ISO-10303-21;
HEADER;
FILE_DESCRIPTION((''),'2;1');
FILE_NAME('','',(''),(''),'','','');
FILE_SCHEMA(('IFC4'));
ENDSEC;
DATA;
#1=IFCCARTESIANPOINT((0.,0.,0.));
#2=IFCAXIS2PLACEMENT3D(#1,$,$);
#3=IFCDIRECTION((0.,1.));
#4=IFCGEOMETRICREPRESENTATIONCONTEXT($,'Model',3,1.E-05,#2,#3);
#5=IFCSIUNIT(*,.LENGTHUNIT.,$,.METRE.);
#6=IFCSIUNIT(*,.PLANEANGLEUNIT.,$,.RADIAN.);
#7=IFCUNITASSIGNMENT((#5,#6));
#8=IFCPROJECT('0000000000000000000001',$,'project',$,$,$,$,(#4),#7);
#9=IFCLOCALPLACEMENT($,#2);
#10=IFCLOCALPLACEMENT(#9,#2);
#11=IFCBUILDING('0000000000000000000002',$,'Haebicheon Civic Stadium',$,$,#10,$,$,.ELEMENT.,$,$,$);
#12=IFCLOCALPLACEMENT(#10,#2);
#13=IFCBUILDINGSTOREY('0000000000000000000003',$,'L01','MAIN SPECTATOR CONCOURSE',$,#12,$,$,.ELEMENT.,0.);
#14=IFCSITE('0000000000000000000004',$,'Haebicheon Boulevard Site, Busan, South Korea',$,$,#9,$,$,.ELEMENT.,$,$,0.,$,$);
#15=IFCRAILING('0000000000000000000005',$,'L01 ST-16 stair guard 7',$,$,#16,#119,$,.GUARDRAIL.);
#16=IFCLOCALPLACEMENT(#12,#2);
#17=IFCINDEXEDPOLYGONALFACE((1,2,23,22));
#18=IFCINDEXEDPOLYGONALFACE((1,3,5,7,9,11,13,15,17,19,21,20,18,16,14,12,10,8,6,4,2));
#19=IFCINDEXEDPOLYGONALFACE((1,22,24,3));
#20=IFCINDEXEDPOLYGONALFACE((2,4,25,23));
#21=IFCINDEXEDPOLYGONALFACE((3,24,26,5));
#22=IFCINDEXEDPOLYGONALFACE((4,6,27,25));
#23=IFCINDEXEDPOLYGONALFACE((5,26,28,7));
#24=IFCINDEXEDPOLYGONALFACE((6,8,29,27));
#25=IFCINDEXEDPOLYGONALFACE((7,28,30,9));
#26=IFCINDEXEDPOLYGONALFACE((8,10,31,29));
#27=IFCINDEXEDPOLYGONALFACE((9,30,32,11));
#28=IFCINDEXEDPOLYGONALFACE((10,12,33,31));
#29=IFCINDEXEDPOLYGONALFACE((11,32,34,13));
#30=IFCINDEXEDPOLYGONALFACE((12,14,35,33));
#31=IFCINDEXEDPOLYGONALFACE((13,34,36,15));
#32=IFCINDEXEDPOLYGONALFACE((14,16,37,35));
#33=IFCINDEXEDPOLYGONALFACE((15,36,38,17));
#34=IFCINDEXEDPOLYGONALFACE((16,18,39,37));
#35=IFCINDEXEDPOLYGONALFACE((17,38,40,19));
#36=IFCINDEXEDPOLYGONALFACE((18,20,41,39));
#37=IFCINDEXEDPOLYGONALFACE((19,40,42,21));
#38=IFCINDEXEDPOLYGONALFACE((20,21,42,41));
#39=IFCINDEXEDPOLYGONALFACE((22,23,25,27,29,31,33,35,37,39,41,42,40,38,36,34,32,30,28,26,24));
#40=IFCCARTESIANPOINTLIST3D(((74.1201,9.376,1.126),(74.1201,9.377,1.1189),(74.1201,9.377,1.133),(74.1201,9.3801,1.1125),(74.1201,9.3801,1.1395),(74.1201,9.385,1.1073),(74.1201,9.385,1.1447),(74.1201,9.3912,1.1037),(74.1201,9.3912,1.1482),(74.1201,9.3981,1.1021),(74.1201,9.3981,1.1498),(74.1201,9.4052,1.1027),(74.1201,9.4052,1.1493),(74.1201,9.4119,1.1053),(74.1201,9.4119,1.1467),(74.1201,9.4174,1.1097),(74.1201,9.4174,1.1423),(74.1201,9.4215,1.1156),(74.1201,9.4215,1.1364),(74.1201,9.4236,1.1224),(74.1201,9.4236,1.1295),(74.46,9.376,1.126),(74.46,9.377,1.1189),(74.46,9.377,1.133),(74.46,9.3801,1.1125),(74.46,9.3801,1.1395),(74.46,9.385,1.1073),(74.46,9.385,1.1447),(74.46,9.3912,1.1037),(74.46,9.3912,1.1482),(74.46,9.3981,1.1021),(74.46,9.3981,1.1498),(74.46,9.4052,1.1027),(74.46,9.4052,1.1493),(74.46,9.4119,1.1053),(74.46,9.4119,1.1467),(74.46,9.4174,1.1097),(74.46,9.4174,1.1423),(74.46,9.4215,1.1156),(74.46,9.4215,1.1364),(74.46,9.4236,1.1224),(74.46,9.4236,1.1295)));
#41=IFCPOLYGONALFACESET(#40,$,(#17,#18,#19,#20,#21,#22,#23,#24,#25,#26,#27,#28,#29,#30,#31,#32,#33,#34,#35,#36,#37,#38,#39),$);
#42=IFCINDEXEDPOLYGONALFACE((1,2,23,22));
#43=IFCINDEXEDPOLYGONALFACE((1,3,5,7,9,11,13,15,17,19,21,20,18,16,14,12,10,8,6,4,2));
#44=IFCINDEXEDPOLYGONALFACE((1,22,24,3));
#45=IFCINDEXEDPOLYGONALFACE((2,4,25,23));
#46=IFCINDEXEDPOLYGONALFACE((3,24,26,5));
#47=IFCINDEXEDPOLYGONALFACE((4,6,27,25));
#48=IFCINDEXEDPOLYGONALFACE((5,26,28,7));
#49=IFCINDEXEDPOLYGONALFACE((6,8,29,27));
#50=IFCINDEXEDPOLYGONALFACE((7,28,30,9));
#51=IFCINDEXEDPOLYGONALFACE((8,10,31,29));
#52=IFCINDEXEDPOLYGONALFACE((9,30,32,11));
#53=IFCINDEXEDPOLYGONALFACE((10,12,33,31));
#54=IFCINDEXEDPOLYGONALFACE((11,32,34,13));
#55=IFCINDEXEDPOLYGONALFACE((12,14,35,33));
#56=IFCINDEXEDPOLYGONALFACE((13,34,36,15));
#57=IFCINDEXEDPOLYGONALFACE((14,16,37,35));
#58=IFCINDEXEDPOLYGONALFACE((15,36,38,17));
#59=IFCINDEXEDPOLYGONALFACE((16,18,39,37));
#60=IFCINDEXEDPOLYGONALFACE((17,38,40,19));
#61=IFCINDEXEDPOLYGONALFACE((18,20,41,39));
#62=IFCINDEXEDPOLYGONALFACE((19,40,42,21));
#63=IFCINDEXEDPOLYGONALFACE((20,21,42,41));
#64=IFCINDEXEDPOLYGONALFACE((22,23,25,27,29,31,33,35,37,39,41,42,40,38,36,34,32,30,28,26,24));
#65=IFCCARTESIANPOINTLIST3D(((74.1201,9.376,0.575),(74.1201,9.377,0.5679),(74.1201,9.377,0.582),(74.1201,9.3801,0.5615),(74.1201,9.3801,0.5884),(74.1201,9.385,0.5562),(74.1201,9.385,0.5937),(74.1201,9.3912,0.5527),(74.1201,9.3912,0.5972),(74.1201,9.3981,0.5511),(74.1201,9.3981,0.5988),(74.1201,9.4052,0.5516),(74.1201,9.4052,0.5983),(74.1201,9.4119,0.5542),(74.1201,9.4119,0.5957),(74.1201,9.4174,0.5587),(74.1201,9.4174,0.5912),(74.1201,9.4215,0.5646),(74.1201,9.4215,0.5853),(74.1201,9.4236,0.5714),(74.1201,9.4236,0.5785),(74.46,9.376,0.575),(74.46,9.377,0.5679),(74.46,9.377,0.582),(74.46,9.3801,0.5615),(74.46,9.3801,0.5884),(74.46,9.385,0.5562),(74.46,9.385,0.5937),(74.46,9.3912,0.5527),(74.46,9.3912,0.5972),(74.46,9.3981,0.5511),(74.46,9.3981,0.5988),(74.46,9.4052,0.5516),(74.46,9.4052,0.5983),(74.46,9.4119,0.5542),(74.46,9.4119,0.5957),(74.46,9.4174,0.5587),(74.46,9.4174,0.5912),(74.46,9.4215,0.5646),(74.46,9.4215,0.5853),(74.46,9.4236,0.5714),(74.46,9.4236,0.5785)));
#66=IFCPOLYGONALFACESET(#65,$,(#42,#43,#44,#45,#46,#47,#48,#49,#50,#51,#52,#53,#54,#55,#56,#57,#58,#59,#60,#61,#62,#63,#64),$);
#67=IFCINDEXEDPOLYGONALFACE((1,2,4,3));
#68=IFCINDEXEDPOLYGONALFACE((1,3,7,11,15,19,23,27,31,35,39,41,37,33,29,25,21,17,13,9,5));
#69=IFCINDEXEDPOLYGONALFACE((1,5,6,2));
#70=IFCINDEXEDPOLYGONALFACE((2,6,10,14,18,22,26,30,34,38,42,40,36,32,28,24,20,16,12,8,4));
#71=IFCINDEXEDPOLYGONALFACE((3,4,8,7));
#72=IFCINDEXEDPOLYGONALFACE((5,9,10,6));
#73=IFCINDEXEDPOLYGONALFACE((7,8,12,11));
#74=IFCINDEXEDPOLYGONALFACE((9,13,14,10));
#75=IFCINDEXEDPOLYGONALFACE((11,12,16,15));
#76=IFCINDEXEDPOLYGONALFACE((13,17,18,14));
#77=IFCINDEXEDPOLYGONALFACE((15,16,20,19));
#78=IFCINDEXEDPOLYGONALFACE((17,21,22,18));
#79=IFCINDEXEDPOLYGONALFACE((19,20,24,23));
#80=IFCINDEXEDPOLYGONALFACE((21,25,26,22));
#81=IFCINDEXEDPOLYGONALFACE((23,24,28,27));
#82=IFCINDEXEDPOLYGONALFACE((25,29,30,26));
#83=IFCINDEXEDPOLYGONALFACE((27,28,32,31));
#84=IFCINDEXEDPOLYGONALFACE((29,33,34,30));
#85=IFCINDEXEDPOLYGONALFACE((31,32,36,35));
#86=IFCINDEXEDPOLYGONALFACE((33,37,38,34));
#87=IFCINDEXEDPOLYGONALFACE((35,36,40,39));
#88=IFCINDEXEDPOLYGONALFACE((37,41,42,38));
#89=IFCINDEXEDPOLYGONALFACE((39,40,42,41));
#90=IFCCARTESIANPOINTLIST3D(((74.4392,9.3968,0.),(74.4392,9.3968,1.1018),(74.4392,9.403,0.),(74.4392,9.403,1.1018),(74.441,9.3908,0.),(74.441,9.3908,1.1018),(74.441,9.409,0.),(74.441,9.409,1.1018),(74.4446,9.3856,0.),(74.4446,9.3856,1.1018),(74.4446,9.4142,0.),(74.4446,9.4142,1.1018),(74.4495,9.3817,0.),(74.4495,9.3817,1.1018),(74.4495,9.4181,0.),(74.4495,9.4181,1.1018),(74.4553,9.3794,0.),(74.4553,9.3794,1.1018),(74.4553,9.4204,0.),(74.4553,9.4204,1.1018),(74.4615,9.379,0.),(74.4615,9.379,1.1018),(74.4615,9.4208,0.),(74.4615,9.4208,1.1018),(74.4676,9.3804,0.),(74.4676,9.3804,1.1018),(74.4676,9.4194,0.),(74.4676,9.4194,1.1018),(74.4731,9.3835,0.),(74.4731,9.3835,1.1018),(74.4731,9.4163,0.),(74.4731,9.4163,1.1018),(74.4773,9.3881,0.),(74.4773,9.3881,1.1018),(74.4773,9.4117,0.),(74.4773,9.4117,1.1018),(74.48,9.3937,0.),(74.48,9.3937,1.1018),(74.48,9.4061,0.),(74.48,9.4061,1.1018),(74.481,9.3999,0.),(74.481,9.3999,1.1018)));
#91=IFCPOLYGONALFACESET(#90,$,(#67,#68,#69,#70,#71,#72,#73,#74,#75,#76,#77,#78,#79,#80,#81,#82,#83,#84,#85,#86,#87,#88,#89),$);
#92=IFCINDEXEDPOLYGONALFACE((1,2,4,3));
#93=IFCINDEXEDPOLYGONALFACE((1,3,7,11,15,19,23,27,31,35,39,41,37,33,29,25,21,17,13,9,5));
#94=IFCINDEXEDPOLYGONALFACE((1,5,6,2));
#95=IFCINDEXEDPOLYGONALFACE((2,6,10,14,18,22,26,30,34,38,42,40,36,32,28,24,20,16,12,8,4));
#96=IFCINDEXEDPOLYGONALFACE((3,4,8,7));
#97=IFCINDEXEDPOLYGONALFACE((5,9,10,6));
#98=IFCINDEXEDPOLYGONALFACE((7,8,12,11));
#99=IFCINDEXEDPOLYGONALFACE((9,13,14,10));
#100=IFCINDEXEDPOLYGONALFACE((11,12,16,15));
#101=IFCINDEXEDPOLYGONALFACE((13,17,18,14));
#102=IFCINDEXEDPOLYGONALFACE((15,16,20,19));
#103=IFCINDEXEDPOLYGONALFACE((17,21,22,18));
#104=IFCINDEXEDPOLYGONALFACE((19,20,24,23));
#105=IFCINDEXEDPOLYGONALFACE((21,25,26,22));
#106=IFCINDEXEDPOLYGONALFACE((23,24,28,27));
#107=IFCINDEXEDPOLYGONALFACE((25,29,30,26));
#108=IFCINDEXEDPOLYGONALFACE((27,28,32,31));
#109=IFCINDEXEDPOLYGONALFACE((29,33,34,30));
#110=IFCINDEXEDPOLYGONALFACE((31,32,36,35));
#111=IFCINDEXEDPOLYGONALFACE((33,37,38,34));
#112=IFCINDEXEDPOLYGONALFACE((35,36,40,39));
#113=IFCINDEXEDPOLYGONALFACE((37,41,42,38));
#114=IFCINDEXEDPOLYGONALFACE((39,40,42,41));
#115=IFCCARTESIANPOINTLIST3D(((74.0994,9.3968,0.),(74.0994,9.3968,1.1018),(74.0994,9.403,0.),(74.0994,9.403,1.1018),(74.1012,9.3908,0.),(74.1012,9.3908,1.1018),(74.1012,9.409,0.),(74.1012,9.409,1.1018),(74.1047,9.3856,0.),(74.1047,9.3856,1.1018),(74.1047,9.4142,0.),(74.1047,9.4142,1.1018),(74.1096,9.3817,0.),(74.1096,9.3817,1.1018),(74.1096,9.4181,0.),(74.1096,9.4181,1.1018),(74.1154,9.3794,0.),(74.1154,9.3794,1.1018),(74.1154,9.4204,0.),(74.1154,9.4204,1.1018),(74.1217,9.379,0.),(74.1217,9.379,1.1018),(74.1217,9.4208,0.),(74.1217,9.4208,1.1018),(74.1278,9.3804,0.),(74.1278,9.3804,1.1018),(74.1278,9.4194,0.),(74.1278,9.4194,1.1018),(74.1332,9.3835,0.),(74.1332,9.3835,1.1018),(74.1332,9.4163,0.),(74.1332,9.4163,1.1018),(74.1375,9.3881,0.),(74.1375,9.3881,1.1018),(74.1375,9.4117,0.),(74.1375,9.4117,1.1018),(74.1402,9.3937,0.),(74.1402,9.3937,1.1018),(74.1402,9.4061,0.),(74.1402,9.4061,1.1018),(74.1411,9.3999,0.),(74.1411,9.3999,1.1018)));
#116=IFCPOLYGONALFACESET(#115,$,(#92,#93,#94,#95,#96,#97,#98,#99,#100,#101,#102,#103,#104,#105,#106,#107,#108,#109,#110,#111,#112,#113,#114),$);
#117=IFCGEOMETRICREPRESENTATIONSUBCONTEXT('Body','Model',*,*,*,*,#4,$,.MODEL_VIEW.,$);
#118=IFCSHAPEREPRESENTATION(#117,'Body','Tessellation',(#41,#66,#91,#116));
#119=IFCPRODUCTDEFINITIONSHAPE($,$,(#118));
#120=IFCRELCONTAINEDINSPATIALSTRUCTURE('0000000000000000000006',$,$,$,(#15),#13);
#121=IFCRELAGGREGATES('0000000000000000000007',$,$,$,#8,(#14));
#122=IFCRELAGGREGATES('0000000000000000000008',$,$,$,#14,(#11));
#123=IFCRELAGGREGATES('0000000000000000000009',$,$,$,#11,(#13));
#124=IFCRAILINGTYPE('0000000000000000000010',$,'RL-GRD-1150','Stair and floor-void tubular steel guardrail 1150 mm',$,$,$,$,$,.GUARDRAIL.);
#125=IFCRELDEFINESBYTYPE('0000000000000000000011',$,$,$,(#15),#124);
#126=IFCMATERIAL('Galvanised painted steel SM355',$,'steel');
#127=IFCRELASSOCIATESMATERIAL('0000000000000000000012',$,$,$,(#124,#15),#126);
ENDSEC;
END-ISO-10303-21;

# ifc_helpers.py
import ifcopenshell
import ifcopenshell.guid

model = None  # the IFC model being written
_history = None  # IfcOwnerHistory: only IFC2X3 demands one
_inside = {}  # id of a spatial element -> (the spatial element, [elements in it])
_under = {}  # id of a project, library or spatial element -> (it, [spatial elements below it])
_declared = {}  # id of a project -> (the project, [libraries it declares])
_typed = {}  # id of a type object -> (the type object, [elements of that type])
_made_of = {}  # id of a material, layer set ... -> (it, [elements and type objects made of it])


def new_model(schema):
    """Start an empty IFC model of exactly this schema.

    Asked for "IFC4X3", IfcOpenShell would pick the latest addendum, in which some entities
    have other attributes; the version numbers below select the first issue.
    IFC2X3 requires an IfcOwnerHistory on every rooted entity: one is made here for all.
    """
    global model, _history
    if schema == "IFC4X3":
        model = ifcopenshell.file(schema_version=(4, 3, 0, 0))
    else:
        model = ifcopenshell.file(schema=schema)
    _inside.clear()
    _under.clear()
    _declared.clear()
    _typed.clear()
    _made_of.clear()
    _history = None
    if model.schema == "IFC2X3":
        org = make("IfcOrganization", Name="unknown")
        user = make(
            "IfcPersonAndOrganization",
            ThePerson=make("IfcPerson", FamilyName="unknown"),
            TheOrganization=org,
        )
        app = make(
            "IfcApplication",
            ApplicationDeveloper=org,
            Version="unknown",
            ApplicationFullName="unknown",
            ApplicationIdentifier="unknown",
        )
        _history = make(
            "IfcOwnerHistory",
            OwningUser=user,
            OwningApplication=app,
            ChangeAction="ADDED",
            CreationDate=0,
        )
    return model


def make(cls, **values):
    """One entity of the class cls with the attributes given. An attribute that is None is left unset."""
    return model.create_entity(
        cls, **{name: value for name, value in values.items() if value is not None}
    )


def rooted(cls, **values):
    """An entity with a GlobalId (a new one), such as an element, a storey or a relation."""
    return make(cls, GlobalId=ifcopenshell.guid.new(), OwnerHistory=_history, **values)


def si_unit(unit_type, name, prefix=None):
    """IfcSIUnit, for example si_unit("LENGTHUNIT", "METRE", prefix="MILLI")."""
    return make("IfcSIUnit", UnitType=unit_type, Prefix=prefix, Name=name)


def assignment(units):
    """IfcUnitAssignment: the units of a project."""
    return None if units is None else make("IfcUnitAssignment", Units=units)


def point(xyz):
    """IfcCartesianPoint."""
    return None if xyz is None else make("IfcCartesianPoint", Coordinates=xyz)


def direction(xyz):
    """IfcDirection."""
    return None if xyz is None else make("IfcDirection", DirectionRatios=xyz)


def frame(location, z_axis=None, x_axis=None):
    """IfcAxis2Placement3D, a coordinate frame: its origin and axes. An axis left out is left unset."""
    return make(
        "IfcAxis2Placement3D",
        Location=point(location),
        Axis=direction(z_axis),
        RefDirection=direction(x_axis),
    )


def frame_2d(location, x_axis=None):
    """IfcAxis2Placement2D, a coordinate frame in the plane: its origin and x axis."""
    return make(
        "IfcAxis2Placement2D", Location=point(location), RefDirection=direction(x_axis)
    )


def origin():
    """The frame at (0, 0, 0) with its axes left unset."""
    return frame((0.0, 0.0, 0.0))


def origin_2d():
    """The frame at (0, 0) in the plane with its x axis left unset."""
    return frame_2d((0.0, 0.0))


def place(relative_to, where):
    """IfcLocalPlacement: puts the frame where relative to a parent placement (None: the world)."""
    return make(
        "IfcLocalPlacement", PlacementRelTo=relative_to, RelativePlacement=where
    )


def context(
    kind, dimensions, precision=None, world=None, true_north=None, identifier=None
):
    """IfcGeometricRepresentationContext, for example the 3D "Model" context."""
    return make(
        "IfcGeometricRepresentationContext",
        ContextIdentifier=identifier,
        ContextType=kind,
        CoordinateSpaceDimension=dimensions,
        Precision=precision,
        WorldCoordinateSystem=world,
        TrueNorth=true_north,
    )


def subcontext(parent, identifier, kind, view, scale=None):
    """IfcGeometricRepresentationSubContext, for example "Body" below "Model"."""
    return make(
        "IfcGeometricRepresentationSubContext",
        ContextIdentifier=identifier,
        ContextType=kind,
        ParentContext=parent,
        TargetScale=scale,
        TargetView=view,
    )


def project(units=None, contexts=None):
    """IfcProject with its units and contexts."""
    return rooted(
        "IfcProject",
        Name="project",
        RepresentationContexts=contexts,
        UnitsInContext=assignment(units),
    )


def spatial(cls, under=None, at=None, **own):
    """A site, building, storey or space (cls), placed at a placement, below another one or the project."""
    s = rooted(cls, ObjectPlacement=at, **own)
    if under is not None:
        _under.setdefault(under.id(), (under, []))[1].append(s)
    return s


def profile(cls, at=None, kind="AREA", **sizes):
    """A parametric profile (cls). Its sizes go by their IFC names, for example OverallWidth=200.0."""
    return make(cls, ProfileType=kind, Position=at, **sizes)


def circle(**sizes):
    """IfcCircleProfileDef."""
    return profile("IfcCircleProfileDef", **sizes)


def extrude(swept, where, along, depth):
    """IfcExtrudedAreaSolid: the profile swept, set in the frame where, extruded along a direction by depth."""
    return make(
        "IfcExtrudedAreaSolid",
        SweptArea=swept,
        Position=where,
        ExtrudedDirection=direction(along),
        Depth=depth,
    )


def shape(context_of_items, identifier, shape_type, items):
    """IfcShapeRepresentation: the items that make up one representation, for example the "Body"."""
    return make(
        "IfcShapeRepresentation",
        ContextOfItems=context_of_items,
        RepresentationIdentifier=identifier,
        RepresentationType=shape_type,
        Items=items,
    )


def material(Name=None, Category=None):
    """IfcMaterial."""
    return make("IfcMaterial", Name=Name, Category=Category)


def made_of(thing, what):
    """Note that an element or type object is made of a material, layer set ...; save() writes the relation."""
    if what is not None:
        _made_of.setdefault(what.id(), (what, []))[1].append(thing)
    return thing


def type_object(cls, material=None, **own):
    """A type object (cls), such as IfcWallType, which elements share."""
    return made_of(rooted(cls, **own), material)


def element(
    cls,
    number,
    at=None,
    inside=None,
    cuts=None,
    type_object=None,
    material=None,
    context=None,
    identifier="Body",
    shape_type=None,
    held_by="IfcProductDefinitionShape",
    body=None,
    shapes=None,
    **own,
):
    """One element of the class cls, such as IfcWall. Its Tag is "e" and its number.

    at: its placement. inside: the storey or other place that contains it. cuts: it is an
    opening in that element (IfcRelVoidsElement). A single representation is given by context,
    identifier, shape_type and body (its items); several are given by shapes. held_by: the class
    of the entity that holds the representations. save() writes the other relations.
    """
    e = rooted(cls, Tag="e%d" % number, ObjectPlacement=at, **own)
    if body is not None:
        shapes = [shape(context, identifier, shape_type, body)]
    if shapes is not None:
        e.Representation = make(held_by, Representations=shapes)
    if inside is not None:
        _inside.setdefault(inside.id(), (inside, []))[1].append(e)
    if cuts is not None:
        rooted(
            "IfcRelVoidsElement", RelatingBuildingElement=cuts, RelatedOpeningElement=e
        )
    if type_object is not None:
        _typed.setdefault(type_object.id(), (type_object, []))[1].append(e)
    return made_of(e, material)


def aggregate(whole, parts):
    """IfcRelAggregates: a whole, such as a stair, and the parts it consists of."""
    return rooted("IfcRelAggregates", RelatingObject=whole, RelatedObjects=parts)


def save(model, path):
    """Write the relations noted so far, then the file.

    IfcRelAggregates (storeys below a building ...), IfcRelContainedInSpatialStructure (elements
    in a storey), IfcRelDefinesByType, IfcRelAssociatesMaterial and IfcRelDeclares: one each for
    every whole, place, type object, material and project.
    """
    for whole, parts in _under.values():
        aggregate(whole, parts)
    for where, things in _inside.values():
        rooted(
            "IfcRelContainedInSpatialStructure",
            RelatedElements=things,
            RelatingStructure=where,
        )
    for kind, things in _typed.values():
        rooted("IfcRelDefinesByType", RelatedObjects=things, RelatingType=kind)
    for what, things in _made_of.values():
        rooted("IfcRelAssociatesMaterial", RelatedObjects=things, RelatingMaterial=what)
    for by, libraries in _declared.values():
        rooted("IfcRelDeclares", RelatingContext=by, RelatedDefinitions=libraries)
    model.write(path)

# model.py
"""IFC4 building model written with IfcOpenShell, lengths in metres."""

from ifc_helpers import new_model, si_unit, direction, frame, origin, origin_2d, place, context, subcontext, project, spatial, circle, extrude, material, type_object, element, save


model = new_model("IFC4")

# Units and contexts
model_context = context("Model", 3, precision=1e-05, world=origin(), true_north=direction((0.0, 1.0)))
body_context = subcontext(model_context, "Body", "Model", "MODEL_VIEW")
ifc_project = project(units=[si_unit("LENGTHUNIT", "METRE"), si_unit("PLANEANGLEUNIT", "RADIAN")], contexts=[model_context])

# Site, building, storey
site_placement = place(None, origin())
site = spatial("IfcSite", under=ifc_project, at=site_placement, Name="Haebicheon Boulevard Site, Busan, South Korea", CompositionType="ELEMENT", RefElevation=0.0)
building_placement = place(site_placement, origin())
building = spatial("IfcBuilding", under=site, at=building_placement, Name="Haebicheon Civic Stadium", CompositionType="ELEMENT")
storey_placement = place(building_placement, origin())
storey = spatial("IfcBuildingStorey", under=building, at=storey_placement, Name="L01", Description="MAIN SPECTATOR CONCOURSE", CompositionType="ELEMENT", Elevation=0.0)

# Railing
ifc_material_1 = material(Name="Galvanised painted steel SM355", Category="steel")
railing_type_1 = type_object("IfcRailingType", Name="RL-GRD-1150", Description="Stair and floor-void tubular steel guardrail 1150 mm", PredefinedType="GUARDRAIL", material=ifc_material_1)
railing_1_placement = place(storey_placement, frame((74.46, 9.3999, 0.0)))
element("IfcRailing", 1, at=railing_1_placement, inside=storey, type_object=railing_type_1, material=ifc_material_1, Name="L01 ST-16 stair guard 7", PredefinedType="GUARDRAIL", context=body_context, shape_type="SweptSolid", body=[
    extrude(circle(Radius=0.0239, at=origin_2d()), frame((0.0, 0.0, 1.126), z_axis=(-1.0, 0.0, 0.0), x_axis=(0.0, -1.0, 0.0)), (0.0, 0.0, 1.0), 0.3398),
    extrude(circle(Radius=0.0239, at=origin_2d()), frame((0.0, 0.0, 0.575), z_axis=(-1.0, 0.0, 0.0), x_axis=(0.0, -1.0, 0.0)), (0.0, 0.0, 1.0), 0.3398),
    extrude(circle(Radius=0.021, at=origin_2d()), origin(), (0.0, 0.0, 1.0), 1.1018),
    extrude(circle(Radius=0.021, at=origin_2d()), frame((-0.3398, 0.0, 0.0)), (0.0, 0.0, 1.0), 1.1018),
])

save(model, "model.ifc")
